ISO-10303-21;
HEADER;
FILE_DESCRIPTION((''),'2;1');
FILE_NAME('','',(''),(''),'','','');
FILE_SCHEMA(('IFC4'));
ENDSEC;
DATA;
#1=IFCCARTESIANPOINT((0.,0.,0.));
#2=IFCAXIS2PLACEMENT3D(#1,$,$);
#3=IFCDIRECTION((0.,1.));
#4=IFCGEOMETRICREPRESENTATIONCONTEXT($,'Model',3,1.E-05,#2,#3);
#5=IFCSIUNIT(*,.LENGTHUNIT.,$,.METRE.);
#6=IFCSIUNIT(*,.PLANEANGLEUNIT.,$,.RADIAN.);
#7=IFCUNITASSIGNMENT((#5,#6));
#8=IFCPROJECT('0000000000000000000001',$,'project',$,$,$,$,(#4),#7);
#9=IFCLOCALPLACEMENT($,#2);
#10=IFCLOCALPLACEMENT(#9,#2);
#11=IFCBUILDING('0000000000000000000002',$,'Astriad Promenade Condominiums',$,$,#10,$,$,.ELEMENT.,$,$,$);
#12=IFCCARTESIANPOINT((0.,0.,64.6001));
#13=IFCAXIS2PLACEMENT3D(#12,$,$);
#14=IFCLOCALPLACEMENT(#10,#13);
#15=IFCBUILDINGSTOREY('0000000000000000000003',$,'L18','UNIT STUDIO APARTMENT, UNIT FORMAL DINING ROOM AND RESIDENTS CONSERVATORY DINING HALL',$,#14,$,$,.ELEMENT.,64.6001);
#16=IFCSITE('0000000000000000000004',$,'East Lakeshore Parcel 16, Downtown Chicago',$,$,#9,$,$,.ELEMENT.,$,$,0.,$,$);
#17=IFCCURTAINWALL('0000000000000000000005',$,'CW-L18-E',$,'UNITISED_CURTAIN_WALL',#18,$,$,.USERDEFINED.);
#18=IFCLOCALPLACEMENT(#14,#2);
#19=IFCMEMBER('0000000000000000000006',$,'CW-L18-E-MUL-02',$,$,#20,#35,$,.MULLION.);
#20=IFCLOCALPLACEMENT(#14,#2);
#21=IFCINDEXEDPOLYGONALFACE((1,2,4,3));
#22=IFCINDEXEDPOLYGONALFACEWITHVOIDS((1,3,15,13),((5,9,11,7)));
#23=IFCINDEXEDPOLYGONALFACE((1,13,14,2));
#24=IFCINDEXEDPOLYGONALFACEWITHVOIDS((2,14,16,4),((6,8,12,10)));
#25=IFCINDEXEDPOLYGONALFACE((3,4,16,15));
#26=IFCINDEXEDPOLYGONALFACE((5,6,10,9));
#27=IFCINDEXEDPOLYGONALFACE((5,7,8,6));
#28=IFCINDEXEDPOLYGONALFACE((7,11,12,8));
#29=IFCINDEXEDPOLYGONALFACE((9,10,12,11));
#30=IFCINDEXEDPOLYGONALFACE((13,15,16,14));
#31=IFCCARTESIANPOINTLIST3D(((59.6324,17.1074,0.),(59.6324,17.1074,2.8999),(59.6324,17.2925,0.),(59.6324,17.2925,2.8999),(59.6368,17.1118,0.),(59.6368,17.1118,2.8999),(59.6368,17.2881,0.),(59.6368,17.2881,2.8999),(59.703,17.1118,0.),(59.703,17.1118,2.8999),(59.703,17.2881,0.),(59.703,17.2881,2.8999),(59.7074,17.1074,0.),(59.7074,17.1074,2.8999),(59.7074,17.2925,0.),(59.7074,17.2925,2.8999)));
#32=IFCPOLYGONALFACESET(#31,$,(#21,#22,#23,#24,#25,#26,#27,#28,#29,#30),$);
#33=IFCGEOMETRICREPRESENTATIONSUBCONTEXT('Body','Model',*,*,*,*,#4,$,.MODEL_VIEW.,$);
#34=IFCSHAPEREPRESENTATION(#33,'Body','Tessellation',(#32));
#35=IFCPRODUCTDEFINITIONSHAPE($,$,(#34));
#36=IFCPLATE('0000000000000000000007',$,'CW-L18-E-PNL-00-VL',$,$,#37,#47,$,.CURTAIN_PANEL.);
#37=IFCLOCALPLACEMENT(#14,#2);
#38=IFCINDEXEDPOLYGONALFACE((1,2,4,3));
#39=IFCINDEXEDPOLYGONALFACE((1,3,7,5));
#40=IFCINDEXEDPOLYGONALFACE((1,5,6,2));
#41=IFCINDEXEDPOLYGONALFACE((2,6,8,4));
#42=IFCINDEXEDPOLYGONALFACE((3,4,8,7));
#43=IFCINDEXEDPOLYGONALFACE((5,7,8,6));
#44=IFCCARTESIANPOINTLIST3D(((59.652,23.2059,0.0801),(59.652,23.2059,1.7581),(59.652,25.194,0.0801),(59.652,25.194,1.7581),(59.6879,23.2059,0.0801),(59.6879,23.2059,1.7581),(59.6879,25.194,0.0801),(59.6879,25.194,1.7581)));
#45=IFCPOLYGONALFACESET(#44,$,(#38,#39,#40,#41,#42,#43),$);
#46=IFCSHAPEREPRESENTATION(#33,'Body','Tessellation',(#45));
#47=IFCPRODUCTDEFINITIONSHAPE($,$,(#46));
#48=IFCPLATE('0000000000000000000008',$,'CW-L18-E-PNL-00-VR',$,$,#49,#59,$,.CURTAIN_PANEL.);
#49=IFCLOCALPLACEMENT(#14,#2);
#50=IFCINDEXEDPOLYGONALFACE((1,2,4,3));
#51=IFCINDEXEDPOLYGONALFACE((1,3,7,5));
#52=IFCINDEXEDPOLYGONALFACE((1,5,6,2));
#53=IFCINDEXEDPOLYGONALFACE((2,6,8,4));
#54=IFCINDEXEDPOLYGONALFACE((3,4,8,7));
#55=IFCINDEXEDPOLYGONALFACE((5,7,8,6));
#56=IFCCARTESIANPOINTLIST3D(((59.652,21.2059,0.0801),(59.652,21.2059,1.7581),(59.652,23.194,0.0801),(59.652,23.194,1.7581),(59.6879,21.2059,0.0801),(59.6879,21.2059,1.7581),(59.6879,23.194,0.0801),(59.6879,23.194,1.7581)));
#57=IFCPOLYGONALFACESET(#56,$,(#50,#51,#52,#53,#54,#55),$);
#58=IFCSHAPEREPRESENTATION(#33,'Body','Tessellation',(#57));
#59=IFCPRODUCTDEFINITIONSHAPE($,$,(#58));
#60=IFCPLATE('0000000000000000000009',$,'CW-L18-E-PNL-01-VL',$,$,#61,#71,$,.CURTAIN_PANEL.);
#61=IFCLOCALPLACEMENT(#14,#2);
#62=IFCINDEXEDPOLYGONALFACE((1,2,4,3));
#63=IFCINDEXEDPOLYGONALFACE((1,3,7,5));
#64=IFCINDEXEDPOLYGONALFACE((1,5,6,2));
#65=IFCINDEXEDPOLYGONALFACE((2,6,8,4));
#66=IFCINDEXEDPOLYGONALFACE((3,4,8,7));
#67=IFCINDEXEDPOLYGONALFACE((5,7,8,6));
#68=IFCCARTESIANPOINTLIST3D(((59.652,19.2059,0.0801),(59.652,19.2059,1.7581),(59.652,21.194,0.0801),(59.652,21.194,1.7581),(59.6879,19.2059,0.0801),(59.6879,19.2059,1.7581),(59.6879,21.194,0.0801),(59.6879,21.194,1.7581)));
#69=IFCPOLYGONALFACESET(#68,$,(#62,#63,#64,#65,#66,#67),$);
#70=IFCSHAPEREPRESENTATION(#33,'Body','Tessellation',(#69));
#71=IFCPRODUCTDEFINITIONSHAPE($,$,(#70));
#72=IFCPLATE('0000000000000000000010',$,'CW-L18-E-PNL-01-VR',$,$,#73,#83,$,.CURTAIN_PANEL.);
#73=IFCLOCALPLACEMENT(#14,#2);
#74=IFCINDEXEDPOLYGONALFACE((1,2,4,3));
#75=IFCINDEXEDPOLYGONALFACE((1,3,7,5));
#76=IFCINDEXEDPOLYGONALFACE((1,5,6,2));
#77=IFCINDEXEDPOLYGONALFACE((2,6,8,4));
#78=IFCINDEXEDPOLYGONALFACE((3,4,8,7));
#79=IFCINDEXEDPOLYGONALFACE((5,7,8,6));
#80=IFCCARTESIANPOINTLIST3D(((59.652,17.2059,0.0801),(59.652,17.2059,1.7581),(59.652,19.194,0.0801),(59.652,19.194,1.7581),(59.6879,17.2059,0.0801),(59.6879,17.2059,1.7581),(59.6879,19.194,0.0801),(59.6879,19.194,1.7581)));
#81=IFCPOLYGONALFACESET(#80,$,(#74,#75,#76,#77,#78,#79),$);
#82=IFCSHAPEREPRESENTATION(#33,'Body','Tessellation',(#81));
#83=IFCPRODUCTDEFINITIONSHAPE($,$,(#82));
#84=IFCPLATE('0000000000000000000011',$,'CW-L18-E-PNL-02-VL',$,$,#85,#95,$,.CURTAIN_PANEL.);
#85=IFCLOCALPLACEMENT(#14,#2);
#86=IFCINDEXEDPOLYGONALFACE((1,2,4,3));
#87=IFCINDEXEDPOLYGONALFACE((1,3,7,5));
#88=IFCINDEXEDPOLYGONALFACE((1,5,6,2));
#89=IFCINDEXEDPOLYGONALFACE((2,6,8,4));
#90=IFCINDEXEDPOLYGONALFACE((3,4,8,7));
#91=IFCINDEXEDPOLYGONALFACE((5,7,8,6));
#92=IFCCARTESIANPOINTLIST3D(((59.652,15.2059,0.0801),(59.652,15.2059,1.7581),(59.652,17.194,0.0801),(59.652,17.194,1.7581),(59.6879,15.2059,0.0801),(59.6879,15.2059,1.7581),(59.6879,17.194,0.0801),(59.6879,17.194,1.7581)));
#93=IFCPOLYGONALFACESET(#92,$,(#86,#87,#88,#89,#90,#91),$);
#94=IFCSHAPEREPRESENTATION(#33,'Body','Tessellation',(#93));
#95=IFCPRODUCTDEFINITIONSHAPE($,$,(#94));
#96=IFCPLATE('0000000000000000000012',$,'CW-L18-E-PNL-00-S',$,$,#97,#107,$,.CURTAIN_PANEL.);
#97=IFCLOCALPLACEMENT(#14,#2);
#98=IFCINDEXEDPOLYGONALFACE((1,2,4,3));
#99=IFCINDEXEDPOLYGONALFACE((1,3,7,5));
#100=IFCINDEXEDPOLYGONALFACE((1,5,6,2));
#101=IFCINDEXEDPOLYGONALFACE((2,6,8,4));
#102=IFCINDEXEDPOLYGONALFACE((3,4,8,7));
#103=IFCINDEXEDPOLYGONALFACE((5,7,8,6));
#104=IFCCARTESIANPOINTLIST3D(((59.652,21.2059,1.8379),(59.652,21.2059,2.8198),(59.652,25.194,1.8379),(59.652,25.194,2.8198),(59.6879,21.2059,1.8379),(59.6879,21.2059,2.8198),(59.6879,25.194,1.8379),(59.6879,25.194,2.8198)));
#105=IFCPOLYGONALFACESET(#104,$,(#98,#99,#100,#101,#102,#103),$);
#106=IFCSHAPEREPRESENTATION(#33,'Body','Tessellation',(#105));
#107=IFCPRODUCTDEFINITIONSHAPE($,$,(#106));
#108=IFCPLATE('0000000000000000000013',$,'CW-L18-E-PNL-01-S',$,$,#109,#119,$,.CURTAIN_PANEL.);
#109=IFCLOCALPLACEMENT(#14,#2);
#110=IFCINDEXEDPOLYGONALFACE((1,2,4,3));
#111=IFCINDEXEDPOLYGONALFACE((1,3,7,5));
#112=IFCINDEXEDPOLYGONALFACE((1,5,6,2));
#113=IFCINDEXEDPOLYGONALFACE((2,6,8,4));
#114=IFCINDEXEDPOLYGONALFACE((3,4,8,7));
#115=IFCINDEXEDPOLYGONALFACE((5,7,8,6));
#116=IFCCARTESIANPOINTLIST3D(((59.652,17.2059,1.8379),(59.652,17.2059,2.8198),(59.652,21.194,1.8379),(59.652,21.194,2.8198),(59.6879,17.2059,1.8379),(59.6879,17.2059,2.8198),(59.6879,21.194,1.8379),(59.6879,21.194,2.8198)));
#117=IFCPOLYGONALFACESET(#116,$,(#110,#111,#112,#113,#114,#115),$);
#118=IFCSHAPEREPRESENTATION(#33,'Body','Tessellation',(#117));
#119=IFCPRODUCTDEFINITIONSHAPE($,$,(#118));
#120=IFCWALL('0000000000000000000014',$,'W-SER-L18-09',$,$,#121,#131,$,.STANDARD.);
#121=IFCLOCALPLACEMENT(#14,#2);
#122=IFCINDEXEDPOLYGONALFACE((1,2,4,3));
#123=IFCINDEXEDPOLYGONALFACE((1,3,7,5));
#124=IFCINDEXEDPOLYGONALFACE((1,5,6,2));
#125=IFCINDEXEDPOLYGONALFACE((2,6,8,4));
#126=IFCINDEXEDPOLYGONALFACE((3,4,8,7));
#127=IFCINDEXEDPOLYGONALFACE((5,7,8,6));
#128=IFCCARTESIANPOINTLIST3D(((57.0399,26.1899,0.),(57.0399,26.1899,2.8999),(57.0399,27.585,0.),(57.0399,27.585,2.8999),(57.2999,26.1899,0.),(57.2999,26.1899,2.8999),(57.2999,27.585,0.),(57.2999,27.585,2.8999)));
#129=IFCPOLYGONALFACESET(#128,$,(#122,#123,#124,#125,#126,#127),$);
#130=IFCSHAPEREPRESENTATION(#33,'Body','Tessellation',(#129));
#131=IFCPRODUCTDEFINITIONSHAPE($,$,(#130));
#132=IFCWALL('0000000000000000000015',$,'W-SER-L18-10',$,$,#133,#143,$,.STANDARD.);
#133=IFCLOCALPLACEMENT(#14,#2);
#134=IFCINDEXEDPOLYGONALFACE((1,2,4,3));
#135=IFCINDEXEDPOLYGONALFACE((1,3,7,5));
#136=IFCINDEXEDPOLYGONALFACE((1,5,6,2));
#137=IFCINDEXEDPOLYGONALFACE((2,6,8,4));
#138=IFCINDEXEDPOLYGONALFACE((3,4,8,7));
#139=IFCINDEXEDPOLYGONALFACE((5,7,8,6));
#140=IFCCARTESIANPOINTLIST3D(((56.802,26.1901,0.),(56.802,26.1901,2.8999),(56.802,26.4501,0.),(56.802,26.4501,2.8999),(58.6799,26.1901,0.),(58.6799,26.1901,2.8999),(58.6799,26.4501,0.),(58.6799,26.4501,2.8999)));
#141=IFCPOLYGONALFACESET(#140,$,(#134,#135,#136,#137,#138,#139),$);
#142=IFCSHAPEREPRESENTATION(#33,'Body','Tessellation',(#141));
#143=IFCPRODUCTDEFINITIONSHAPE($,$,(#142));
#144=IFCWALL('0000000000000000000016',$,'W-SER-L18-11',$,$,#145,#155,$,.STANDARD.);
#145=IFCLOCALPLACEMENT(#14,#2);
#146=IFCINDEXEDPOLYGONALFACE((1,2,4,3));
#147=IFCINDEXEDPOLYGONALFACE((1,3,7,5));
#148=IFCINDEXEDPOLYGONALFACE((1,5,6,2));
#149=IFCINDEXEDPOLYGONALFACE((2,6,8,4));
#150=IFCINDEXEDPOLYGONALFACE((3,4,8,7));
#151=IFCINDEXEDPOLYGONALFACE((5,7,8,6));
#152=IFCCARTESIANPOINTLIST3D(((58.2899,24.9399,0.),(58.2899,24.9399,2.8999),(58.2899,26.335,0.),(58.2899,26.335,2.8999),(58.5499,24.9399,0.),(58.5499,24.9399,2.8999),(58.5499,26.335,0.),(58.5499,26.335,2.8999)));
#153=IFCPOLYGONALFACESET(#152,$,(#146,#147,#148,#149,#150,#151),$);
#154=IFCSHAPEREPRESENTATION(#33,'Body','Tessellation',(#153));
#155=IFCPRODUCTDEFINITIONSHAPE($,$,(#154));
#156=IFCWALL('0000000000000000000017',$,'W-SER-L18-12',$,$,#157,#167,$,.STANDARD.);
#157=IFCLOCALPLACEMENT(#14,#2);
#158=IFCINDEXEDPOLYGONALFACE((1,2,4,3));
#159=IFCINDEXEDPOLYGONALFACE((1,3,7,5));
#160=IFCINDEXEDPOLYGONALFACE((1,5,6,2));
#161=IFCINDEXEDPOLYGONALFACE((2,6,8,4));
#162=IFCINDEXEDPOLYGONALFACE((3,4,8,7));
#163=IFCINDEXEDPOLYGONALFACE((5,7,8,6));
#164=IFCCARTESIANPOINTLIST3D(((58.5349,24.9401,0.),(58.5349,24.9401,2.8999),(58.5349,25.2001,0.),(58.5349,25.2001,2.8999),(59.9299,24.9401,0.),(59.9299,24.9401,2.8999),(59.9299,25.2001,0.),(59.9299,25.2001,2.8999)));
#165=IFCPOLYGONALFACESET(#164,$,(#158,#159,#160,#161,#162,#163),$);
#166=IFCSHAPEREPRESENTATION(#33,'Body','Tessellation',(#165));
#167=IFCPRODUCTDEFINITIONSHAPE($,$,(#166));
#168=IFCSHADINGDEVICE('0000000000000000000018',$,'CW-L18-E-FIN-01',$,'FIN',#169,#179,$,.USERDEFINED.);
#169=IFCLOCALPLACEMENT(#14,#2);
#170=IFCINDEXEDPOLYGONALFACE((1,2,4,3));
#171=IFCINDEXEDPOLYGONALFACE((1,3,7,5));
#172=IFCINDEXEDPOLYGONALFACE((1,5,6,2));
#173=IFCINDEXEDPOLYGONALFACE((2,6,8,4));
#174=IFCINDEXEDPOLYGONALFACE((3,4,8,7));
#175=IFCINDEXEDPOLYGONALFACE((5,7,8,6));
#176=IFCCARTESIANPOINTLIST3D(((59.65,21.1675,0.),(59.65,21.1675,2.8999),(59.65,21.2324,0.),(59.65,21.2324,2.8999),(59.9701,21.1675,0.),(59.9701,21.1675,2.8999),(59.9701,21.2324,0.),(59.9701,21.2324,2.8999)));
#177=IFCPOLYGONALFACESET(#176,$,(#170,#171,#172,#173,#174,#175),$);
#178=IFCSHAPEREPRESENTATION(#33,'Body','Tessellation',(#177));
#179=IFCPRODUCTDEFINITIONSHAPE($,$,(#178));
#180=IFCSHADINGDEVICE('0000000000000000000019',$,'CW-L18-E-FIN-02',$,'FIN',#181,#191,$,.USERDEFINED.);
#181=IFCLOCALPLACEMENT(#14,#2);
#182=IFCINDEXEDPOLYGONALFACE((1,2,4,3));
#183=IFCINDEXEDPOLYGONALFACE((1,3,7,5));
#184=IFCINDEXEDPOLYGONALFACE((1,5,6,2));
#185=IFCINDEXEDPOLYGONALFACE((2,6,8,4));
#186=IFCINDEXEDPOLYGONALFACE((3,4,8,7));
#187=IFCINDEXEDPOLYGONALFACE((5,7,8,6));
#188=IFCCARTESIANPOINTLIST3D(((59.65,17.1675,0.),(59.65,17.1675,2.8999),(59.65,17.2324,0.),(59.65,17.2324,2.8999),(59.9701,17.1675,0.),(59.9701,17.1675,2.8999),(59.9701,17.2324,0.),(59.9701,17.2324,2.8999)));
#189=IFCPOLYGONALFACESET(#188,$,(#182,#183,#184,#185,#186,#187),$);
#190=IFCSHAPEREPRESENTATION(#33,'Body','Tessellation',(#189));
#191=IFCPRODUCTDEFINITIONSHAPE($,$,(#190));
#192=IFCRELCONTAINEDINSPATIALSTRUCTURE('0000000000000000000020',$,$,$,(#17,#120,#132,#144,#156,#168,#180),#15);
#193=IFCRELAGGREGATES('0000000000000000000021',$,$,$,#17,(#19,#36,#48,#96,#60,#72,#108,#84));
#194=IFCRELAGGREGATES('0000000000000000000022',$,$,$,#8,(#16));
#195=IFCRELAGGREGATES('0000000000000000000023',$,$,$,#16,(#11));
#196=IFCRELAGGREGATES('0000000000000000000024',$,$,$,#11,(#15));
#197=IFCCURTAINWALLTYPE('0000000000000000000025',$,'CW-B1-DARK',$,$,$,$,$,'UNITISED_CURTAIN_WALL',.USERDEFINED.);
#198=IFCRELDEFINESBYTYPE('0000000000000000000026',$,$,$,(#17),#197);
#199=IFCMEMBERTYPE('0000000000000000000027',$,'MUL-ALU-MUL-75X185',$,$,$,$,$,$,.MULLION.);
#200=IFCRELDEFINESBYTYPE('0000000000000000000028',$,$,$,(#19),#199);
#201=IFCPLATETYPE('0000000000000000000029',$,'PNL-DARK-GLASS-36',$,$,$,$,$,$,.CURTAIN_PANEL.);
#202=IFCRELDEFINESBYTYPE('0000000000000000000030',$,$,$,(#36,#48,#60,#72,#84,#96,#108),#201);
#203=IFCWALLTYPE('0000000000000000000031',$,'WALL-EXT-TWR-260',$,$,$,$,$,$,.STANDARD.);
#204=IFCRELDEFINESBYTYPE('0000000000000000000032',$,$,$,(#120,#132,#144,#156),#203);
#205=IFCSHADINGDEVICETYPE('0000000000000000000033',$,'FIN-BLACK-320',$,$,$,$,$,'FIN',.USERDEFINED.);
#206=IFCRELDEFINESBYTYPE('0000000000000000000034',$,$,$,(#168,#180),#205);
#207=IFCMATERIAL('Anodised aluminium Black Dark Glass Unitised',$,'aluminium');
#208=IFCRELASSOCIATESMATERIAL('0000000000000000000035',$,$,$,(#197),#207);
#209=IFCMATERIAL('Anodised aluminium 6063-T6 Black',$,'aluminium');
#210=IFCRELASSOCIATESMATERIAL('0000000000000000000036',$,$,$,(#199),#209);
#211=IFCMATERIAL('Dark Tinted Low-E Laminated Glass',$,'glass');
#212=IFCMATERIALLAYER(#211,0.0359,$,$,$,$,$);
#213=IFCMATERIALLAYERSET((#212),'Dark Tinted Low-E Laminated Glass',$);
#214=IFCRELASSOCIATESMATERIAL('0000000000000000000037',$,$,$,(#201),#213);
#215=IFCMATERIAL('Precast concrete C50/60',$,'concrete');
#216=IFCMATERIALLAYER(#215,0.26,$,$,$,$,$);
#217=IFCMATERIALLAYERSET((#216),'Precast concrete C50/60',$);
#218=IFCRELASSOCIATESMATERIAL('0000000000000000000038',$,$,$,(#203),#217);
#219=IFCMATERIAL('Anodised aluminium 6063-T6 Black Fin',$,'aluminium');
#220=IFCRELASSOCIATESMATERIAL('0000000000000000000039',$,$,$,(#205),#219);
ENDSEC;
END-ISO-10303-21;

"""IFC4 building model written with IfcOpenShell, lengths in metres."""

from ifc_helpers import new_model, si_unit, direction, frame, frame_2d, origin, origin_2d, place, context, subcontext, project, spatial, rectangle, hollow_rectangle, extrude, source, transform, mapped, material, layer, layer_set, material_profile, profile_set, type_object, type_shapes, element, aggregate, save


model = new_model("IFC4")

# Units and contexts
model_context = context("Model", 3, precision=1e-05, world=origin(), true_north=direction((0.0, 1.0)))
body_context = subcontext(model_context, "Body", "Model", "MODEL_VIEW")
ifc_project = project(units=[si_unit("LENGTHUNIT", "METRE"), si_unit("PLANEANGLEUNIT", "RADIAN")], contexts=[model_context])

# Site, building, storey
site_placement = place(None, origin())
site = spatial("IfcSite", under=ifc_project, at=site_placement, Name="East Lakeshore Parcel 16, Downtown Chicago", CompositionType="ELEMENT", RefElevation=0.0)
building_placement = place(site_placement, origin())
building = spatial("IfcBuilding", under=site, at=building_placement, Name="Astriad Promenade Condominiums", CompositionType="ELEMENT")
storey_placement = place(building_placement, frame((0.0, 0.0, 64.6001)))
storey = spatial("IfcBuildingStorey", under=building, at=storey_placement, Name="L18", Description="UNIT STUDIO APARTMENT, UNIT FORMAL DINING ROOM AND RESIDENTS CONSERVATORY DINING HALL", CompositionType="ELEMENT", Elevation=64.6001)

# Curtain wall, member, plates
ifc_material_1 = material(Name="Anodised aluminium Black Dark Glass Unitised", Category="aluminium")
curtain_wall_type = type_object("IfcCurtainWallType", Name="CW-B1-DARK", ElementType="UNITISED_CURTAIN_WALL", PredefinedType="USERDEFINED", material=ifc_material_1)
curtain_wall_placement = place(storey_placement, origin())
curtain_wall = element("IfcCurtainWall", 1, at=curtain_wall_placement, inside=storey, type_object=curtain_wall_type, Name="CW-L18-E", ObjectType="UNITISED_CURTAIN_WALL", PredefinedType="USERDEFINED")
ifc_material_2 = material(Name="Anodised aluminium 6063-T6 Black", Category="aluminium")
ifc_material_profile_1 = material_profile(ifc_material_2, hollow_rectangle(XDim=0.075, YDim=0.1851, WallThickness=0.0044, at=origin_2d()), Name="ALU-MUL-75X185")
ifc_profile_set_1 = profile_set([ifc_material_profile_1], Name="Anodised aluminium 6063-T6 Black")
member_type_1 = type_object("IfcMemberType", Name="MUL-ALU-MUL-75X185", PredefinedType="MULLION", material=ifc_profile_set_1)
shared_shape_1 = source(origin(), body_context, "Body", "SweptSolid", [
    extrude(hollow_rectangle(XDim=0.075, YDim=0.1851, WallThickness=0.0044, at=origin_2d()), origin(), (0.0, 0.0, 1.0), 2.8999),
])
type_shapes(member_type_1, [shared_shape_1])
member_1_placement = place(storey_placement, frame((59.6699, 17.2, 0.0), z_axis=(0.0, 0.0, 1.0), x_axis=(1.0, 0.0, 0.0)))
member_1 = element("IfcMember", 2, at=member_1_placement, type_object=member_type_1, Name="CW-L18-E-MUL-02", PredefinedType="MULLION", context=body_context, shape_type="MappedRepresentation", body=[
    mapped(shared_shape_1, transform((0.0, 0.0, 0.0), scale=1.0)),
])
ifc_material_3 = material(Name="Dark Tinted Low-E Laminated Glass", Category="glass")
ifc_layer_1 = layer(ifc_material_3, 0.0359)
ifc_layer_set_1 = layer_set([ifc_layer_1], Name="Dark Tinted Low-E Laminated Glass")
plate_type = type_object("IfcPlateType", Name="PNL-DARK-GLASS-36", PredefinedType="CURTAIN_PANEL", material=ifc_layer_set_1)
shared_shape_2 = source(origin(), body_context, "Body", "SweptSolid", [
    extrude(rectangle(XDim=1.988, YDim=0.0359, at=origin_2d()), origin(), (0.0, 0.0, 1.0), 1.678),
])
plate_1_placement = place(storey_placement, frame((59.6699, 24.2, 0.0801), z_axis=(0.0, 0.0, 1.0), x_axis=(0.0, -1.0, 0.0)))
plate_1 = element("IfcPlate", 3, at=plate_1_placement, type_object=plate_type, Name="CW-L18-E-PNL-00-VL", PredefinedType="CURTAIN_PANEL", context=body_context, shape_type="MappedRepresentation", body=[
    mapped(shared_shape_2, transform((0.0, 0.0, 0.0), scale=1.0)),
])
plate_2_placement = place(storey_placement, frame((59.6699, 22.2, 0.0801), z_axis=(0.0, 0.0, 1.0), x_axis=(0.0, -1.0, 0.0)))
plate_2 = element("IfcPlate", 4, at=plate_2_placement, type_object=plate_type, Name="CW-L18-E-PNL-00-VR", PredefinedType="CURTAIN_PANEL", context=body_context, shape_type="MappedRepresentation", body=[
    mapped(shared_shape_2, transform((0.0, 0.0, 0.0), scale=1.0)),
])
plate_3_placement = place(storey_placement, frame((59.6699, 20.2, 0.0801), z_axis=(0.0, 0.0, 1.0), x_axis=(0.0, -1.0, 0.0)))
plate_3 = element("IfcPlate", 5, at=plate_3_placement, type_object=plate_type, Name="CW-L18-E-PNL-01-VL", PredefinedType="CURTAIN_PANEL", context=body_context, shape_type="MappedRepresentation", body=[
    mapped(shared_shape_2, transform((0.0, 0.0, 0.0), scale=1.0)),
])
plate_4_placement = place(storey_placement, frame((59.6699, 18.2, 0.0801), z_axis=(0.0, 0.0, 1.0), x_axis=(0.0, -1.0, 0.0)))
plate_4 = element("IfcPlate", 6, at=plate_4_placement, type_object=plate_type, Name="CW-L18-E-PNL-01-VR", PredefinedType="CURTAIN_PANEL", context=body_context, shape_type="MappedRepresentation", body=[
    mapped(shared_shape_2, transform((0.0, 0.0, 0.0), scale=1.0)),
])
plate_5_placement = place(storey_placement, frame((59.6699, 16.2, 0.0801), z_axis=(0.0, 0.0, 1.0), x_axis=(0.0, -1.0, 0.0)))
plate_5 = element("IfcPlate", 7, at=plate_5_placement, type_object=plate_type, Name="CW-L18-E-PNL-02-VL", PredefinedType="CURTAIN_PANEL", context=body_context, shape_type="MappedRepresentation", body=[
    mapped(shared_shape_2, transform((0.0, 0.0, 0.0), scale=1.0)),
])
shared_shape_3 = source(origin(), body_context, "Body", "SweptSolid", [
    extrude(rectangle(XDim=3.988, YDim=0.0359, at=origin_2d()), origin(), (0.0, 0.0, 1.0), 0.9819),
])
type_shapes(plate_type, [shared_shape_2, shared_shape_3])
plate_6_placement = place(storey_placement, frame((59.6699, 23.2, 1.8379), z_axis=(0.0, 0.0, 1.0), x_axis=(0.0, -1.0, 0.0)))
plate_6 = element("IfcPlate", 8, at=plate_6_placement, type_object=plate_type, Name="CW-L18-E-PNL-00-S", PredefinedType="CURTAIN_PANEL", context=body_context, shape_type="MappedRepresentation", body=[
    mapped(shared_shape_3, transform((0.0, 0.0, 0.0), scale=1.0)),
])
plate_7_placement = place(storey_placement, frame((59.6699, 19.2, 1.8379), z_axis=(0.0, 0.0, 1.0), x_axis=(0.0, -1.0, 0.0)))
plate_7 = element("IfcPlate", 9, at=plate_7_placement, type_object=plate_type, Name="CW-L18-E-PNL-01-S", PredefinedType="CURTAIN_PANEL", context=body_context, shape_type="MappedRepresentation", body=[
    mapped(shared_shape_3, transform((0.0, 0.0, 0.0), scale=1.0)),
])
aggregate(curtain_wall, [member_1, plate_1, plate_2, plate_6, plate_3, plate_4, plate_7, plate_5])

# Walls
ifc_material_4 = material(Name="Precast concrete C50/60", Category="concrete")
ifc_layer_2 = layer(ifc_material_4, 0.26)
ifc_layer_set_2 = layer_set([ifc_layer_2], Name="Precast concrete C50/60")
wall_type = type_object("IfcWallType", Name="WALL-EXT-TWR-260", PredefinedType="STANDARD", material=ifc_layer_set_2)
wall_1_placement = place(storey_placement, frame((57.1699, 27.585, 0.0), z_axis=(0.0, 0.0, 1.0), x_axis=(0.0, -1.0, 0.0)))
element("IfcWall", 10, at=wall_1_placement, inside=storey, type_object=wall_type, Name="W-SER-L18-09", PredefinedType="STANDARD", context=body_context, shape_type="SweptSolid", body=[
    extrude(rectangle(XDim=1.395, YDim=0.26, at=frame_2d((0.6975, 0.0))), origin(), (0.0, 0.0, 1.0), 2.8999),
])
wall_2_placement = place(storey_placement, frame((56.802, 26.3201, 0.0), z_axis=(0.0, 0.0, 1.0), x_axis=(1.0, 0.0, 0.0)))
element("IfcWall", 11, at=wall_2_placement, inside=storey, type_object=wall_type, Name="W-SER-L18-10", PredefinedType="STANDARD", context=body_context, shape_type="SweptSolid", body=[
    extrude(rectangle(XDim=1.8779, YDim=0.26, at=frame_2d((0.939, 0.0))), origin(), (0.0, 0.0, 1.0), 2.8999),
])
for number, where, z_axis, x_axis, name in (
    (12, (58.4199, 26.335, 0.0), (0.0, 0.0, 1.0), (0.0, -1.0, 0.0), "W-SER-L18-11"),
    (13, (58.5349, 25.0701, 0.0), (0.0, 0.0, 1.0), (1.0, 0.0, 0.0), "W-SER-L18-12"),
):
    element("IfcWall", number, at=place(storey_placement, frame(where, z_axis=z_axis, x_axis=x_axis)), inside=storey, type_object=wall_type, Name=name, PredefinedType="STANDARD", context=body_context, shape_type="SweptSolid", body=[
        extrude(rectangle(XDim=1.395, YDim=0.26, at=frame_2d((0.6975, 0.0))), origin(), (0.0, 0.0, 1.0), 2.8999),
    ])

# Shading devices
ifc_material_5 = material(Name="Anodised aluminium 6063-T6 Black Fin", Category="aluminium")
shading_device_type = type_object("IfcShadingDeviceType", Name="FIN-BLACK-320", ElementType="FIN", PredefinedType="USERDEFINED", material=ifc_material_5)
shared_shape_4 = source(origin(), body_context, "Body", "SweptSolid", [
    extrude(rectangle(XDim=0.0649, YDim=0.3201, at=origin_2d()), origin(), (0.0, 0.0, 1.0), 2.8999),
])
type_shapes(shading_device_type, [shared_shape_4])
for number, where, z_axis, x_axis, name in (
    (14, (59.8101, 21.2, 0.0), (0.0, 0.0, 1.0), (0.0, -1.0, 0.0), "CW-L18-E-FIN-01"),
    (15, (59.8101, 17.2, 0.0), (0.0, 0.0, 1.0), (0.0, -1.0, 0.0), "CW-L18-E-FIN-02"),
):
    element("IfcShadingDevice", number, at=place(storey_placement, frame(where, z_axis=z_axis, x_axis=x_axis)), inside=storey, type_object=shading_device_type, Name=name, ObjectType="FIN", PredefinedType="USERDEFINED", context=body_context, shape_type="MappedRepresentation", body=[
        mapped(shared_shape_4, transform((0.0, 0.0, 0.0), scale=1.0)),
    ])

save(model, "model.ifc")
